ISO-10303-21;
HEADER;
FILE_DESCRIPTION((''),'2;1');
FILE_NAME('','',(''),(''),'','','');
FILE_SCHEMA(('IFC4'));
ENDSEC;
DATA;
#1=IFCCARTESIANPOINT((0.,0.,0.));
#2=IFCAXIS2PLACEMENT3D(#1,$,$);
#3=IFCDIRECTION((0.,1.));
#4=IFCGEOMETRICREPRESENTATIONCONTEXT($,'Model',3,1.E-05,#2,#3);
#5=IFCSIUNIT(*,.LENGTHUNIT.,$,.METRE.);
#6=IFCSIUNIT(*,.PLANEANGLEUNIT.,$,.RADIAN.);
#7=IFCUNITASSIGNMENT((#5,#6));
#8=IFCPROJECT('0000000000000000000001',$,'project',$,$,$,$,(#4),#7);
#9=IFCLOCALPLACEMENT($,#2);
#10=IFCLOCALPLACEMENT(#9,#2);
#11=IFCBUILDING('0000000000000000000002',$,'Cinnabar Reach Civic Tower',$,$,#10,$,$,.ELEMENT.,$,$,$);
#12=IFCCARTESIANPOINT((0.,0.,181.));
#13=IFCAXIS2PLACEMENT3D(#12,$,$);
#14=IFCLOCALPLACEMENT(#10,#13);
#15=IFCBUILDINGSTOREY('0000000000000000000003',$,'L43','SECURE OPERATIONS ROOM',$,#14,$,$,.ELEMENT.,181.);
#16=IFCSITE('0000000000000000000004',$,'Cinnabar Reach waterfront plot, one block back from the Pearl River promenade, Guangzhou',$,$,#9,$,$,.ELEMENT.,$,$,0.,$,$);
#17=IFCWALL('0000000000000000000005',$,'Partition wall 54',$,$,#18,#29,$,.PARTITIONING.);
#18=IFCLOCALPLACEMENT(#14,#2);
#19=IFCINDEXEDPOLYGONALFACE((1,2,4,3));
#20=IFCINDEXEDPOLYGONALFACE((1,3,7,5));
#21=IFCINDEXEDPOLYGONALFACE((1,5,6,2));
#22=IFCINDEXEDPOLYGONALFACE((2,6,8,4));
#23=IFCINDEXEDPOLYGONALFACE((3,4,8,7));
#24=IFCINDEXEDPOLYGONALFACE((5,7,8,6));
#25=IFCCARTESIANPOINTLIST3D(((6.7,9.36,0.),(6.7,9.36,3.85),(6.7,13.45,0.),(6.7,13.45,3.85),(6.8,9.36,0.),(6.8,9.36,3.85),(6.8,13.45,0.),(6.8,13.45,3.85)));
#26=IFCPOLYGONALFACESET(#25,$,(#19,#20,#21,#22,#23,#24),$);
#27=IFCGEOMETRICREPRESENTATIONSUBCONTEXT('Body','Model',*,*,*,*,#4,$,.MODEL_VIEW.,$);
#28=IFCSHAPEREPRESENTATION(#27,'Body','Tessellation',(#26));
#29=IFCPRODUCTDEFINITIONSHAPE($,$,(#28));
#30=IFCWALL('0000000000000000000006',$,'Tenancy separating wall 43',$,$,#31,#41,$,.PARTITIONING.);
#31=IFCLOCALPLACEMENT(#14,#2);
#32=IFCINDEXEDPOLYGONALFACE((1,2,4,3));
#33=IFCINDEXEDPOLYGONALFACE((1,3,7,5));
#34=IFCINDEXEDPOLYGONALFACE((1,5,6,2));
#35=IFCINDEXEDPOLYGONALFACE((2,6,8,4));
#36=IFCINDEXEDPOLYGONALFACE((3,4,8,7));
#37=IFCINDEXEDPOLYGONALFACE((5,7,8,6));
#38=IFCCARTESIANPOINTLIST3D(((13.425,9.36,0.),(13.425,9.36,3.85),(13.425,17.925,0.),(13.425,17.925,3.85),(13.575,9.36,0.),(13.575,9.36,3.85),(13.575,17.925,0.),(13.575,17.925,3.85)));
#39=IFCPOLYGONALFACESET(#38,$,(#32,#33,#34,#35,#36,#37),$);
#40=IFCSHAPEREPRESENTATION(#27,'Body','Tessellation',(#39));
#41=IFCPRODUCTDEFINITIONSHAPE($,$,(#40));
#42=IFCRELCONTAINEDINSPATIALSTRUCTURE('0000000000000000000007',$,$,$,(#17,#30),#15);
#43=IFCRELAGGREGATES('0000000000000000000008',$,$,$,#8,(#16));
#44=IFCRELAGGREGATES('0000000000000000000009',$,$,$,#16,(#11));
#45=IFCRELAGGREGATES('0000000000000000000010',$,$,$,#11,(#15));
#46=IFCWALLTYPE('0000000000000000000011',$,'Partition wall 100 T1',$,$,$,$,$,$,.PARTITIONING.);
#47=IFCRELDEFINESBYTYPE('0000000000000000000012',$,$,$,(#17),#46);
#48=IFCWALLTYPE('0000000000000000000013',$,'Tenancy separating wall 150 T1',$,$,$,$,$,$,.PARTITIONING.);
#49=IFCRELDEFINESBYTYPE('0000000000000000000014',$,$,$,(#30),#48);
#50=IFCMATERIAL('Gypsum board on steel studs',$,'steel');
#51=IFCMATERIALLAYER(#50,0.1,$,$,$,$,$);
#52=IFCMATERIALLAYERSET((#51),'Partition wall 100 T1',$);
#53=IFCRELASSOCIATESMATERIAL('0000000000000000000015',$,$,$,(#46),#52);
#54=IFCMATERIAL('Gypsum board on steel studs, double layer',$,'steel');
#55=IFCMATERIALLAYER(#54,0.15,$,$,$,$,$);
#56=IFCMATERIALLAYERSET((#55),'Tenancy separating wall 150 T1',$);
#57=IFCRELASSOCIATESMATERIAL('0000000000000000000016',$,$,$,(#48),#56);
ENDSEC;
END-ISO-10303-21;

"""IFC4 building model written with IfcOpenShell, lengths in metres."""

from ifc_helpers import new_model, si_unit, direction, frame, frame_2d, origin, place, context, subcontext, project, spatial, rectangle, extrude, material, layer, layer_set, type_object, element, save


model = new_model("IFC4")

# Units and contexts
model_context = context("Model", 3, precision=1e-05, world=origin(), true_north=direction((0.0, 1.0)))
body_context = subcontext(model_context, "Body", "Model", "MODEL_VIEW")
ifc_project = project(units=[si_unit("LENGTHUNIT", "METRE"), si_unit("PLANEANGLEUNIT", "RADIAN")], contexts=[model_context])

# Site, building, storey
site_placement = place(None, origin())
site = spatial("IfcSite", under=ifc_project, at=site_placement, Name="Cinnabar Reach waterfront plot, one block back from the Pearl River promenade, Guangzhou", CompositionType="ELEMENT", RefElevation=0.0)
building_placement = place(site_placement, origin())
building = spatial("IfcBuilding", under=site, at=building_placement, Name="Cinnabar Reach Civic Tower", CompositionType="ELEMENT")
storey_placement = place(building_placement, frame((0.0, 0.0, 181.0)))
storey = spatial("IfcBuildingStorey", under=building, at=storey_placement, Name="L43", Description="SECURE OPERATIONS ROOM", CompositionType="ELEMENT", Elevation=181.0)

# Walls
ifc_material_1 = material(Name="Gypsum board on steel studs", Category="steel")
ifc_layer_1 = layer(ifc_material_1, 0.1)
ifc_layer_set_1 = layer_set([ifc_layer_1], Name="Partition wall 100 T1")
wall_type_1 = type_object("IfcWallType", Name="Partition wall 100 T1", PredefinedType="PARTITIONING", material=ifc_layer_set_1)
wall_1_placement = place(storey_placement, frame((6.75, 9.36, 0.0), z_axis=(0.0, 0.0, 1.0), x_axis=(0.0, 1.0, 0.0)))
element("IfcWall", 1, at=wall_1_placement, inside=storey, type_object=wall_type_1, Name="Partition wall 54", PredefinedType="PARTITIONING", context=body_context, shape_type="SweptSolid", body=[
    extrude(rectangle(XDim=4.09, YDim=0.1, at=frame_2d((2.045, 0.0))), origin(), (0.0, 0.0, 1.0), 3.85),
])
ifc_material_2 = material(Name="Gypsum board on steel studs, double layer", Category="steel")
ifc_layer_2 = layer(ifc_material_2, 0.15)
ifc_layer_set_2 = layer_set([ifc_layer_2], Name="Tenancy separating wall 150 T1")
wall_type_2 = type_object("IfcWallType", Name="Tenancy separating wall 150 T1", PredefinedType="PARTITIONING", material=ifc_layer_set_2)
wall_2_placement = place(storey_placement, frame((13.5, 9.36, 0.0), z_axis=(0.0, 0.0, 1.0), x_axis=(0.0, 1.0, 0.0)))
element("IfcWall", 2, at=wall_2_placement, inside=storey, type_object=wall_type_2, Name="Tenancy separating wall 43", PredefinedType="PARTITIONING", context=body_context, shape_type="SweptSolid", body=[
    extrude(rectangle(XDim=8.565, YDim=0.15, at=frame_2d((4.2825, 0.0))), origin(), (0.0, 0.0, 1.0), 3.85),
])

save(model, "model.ifc")
